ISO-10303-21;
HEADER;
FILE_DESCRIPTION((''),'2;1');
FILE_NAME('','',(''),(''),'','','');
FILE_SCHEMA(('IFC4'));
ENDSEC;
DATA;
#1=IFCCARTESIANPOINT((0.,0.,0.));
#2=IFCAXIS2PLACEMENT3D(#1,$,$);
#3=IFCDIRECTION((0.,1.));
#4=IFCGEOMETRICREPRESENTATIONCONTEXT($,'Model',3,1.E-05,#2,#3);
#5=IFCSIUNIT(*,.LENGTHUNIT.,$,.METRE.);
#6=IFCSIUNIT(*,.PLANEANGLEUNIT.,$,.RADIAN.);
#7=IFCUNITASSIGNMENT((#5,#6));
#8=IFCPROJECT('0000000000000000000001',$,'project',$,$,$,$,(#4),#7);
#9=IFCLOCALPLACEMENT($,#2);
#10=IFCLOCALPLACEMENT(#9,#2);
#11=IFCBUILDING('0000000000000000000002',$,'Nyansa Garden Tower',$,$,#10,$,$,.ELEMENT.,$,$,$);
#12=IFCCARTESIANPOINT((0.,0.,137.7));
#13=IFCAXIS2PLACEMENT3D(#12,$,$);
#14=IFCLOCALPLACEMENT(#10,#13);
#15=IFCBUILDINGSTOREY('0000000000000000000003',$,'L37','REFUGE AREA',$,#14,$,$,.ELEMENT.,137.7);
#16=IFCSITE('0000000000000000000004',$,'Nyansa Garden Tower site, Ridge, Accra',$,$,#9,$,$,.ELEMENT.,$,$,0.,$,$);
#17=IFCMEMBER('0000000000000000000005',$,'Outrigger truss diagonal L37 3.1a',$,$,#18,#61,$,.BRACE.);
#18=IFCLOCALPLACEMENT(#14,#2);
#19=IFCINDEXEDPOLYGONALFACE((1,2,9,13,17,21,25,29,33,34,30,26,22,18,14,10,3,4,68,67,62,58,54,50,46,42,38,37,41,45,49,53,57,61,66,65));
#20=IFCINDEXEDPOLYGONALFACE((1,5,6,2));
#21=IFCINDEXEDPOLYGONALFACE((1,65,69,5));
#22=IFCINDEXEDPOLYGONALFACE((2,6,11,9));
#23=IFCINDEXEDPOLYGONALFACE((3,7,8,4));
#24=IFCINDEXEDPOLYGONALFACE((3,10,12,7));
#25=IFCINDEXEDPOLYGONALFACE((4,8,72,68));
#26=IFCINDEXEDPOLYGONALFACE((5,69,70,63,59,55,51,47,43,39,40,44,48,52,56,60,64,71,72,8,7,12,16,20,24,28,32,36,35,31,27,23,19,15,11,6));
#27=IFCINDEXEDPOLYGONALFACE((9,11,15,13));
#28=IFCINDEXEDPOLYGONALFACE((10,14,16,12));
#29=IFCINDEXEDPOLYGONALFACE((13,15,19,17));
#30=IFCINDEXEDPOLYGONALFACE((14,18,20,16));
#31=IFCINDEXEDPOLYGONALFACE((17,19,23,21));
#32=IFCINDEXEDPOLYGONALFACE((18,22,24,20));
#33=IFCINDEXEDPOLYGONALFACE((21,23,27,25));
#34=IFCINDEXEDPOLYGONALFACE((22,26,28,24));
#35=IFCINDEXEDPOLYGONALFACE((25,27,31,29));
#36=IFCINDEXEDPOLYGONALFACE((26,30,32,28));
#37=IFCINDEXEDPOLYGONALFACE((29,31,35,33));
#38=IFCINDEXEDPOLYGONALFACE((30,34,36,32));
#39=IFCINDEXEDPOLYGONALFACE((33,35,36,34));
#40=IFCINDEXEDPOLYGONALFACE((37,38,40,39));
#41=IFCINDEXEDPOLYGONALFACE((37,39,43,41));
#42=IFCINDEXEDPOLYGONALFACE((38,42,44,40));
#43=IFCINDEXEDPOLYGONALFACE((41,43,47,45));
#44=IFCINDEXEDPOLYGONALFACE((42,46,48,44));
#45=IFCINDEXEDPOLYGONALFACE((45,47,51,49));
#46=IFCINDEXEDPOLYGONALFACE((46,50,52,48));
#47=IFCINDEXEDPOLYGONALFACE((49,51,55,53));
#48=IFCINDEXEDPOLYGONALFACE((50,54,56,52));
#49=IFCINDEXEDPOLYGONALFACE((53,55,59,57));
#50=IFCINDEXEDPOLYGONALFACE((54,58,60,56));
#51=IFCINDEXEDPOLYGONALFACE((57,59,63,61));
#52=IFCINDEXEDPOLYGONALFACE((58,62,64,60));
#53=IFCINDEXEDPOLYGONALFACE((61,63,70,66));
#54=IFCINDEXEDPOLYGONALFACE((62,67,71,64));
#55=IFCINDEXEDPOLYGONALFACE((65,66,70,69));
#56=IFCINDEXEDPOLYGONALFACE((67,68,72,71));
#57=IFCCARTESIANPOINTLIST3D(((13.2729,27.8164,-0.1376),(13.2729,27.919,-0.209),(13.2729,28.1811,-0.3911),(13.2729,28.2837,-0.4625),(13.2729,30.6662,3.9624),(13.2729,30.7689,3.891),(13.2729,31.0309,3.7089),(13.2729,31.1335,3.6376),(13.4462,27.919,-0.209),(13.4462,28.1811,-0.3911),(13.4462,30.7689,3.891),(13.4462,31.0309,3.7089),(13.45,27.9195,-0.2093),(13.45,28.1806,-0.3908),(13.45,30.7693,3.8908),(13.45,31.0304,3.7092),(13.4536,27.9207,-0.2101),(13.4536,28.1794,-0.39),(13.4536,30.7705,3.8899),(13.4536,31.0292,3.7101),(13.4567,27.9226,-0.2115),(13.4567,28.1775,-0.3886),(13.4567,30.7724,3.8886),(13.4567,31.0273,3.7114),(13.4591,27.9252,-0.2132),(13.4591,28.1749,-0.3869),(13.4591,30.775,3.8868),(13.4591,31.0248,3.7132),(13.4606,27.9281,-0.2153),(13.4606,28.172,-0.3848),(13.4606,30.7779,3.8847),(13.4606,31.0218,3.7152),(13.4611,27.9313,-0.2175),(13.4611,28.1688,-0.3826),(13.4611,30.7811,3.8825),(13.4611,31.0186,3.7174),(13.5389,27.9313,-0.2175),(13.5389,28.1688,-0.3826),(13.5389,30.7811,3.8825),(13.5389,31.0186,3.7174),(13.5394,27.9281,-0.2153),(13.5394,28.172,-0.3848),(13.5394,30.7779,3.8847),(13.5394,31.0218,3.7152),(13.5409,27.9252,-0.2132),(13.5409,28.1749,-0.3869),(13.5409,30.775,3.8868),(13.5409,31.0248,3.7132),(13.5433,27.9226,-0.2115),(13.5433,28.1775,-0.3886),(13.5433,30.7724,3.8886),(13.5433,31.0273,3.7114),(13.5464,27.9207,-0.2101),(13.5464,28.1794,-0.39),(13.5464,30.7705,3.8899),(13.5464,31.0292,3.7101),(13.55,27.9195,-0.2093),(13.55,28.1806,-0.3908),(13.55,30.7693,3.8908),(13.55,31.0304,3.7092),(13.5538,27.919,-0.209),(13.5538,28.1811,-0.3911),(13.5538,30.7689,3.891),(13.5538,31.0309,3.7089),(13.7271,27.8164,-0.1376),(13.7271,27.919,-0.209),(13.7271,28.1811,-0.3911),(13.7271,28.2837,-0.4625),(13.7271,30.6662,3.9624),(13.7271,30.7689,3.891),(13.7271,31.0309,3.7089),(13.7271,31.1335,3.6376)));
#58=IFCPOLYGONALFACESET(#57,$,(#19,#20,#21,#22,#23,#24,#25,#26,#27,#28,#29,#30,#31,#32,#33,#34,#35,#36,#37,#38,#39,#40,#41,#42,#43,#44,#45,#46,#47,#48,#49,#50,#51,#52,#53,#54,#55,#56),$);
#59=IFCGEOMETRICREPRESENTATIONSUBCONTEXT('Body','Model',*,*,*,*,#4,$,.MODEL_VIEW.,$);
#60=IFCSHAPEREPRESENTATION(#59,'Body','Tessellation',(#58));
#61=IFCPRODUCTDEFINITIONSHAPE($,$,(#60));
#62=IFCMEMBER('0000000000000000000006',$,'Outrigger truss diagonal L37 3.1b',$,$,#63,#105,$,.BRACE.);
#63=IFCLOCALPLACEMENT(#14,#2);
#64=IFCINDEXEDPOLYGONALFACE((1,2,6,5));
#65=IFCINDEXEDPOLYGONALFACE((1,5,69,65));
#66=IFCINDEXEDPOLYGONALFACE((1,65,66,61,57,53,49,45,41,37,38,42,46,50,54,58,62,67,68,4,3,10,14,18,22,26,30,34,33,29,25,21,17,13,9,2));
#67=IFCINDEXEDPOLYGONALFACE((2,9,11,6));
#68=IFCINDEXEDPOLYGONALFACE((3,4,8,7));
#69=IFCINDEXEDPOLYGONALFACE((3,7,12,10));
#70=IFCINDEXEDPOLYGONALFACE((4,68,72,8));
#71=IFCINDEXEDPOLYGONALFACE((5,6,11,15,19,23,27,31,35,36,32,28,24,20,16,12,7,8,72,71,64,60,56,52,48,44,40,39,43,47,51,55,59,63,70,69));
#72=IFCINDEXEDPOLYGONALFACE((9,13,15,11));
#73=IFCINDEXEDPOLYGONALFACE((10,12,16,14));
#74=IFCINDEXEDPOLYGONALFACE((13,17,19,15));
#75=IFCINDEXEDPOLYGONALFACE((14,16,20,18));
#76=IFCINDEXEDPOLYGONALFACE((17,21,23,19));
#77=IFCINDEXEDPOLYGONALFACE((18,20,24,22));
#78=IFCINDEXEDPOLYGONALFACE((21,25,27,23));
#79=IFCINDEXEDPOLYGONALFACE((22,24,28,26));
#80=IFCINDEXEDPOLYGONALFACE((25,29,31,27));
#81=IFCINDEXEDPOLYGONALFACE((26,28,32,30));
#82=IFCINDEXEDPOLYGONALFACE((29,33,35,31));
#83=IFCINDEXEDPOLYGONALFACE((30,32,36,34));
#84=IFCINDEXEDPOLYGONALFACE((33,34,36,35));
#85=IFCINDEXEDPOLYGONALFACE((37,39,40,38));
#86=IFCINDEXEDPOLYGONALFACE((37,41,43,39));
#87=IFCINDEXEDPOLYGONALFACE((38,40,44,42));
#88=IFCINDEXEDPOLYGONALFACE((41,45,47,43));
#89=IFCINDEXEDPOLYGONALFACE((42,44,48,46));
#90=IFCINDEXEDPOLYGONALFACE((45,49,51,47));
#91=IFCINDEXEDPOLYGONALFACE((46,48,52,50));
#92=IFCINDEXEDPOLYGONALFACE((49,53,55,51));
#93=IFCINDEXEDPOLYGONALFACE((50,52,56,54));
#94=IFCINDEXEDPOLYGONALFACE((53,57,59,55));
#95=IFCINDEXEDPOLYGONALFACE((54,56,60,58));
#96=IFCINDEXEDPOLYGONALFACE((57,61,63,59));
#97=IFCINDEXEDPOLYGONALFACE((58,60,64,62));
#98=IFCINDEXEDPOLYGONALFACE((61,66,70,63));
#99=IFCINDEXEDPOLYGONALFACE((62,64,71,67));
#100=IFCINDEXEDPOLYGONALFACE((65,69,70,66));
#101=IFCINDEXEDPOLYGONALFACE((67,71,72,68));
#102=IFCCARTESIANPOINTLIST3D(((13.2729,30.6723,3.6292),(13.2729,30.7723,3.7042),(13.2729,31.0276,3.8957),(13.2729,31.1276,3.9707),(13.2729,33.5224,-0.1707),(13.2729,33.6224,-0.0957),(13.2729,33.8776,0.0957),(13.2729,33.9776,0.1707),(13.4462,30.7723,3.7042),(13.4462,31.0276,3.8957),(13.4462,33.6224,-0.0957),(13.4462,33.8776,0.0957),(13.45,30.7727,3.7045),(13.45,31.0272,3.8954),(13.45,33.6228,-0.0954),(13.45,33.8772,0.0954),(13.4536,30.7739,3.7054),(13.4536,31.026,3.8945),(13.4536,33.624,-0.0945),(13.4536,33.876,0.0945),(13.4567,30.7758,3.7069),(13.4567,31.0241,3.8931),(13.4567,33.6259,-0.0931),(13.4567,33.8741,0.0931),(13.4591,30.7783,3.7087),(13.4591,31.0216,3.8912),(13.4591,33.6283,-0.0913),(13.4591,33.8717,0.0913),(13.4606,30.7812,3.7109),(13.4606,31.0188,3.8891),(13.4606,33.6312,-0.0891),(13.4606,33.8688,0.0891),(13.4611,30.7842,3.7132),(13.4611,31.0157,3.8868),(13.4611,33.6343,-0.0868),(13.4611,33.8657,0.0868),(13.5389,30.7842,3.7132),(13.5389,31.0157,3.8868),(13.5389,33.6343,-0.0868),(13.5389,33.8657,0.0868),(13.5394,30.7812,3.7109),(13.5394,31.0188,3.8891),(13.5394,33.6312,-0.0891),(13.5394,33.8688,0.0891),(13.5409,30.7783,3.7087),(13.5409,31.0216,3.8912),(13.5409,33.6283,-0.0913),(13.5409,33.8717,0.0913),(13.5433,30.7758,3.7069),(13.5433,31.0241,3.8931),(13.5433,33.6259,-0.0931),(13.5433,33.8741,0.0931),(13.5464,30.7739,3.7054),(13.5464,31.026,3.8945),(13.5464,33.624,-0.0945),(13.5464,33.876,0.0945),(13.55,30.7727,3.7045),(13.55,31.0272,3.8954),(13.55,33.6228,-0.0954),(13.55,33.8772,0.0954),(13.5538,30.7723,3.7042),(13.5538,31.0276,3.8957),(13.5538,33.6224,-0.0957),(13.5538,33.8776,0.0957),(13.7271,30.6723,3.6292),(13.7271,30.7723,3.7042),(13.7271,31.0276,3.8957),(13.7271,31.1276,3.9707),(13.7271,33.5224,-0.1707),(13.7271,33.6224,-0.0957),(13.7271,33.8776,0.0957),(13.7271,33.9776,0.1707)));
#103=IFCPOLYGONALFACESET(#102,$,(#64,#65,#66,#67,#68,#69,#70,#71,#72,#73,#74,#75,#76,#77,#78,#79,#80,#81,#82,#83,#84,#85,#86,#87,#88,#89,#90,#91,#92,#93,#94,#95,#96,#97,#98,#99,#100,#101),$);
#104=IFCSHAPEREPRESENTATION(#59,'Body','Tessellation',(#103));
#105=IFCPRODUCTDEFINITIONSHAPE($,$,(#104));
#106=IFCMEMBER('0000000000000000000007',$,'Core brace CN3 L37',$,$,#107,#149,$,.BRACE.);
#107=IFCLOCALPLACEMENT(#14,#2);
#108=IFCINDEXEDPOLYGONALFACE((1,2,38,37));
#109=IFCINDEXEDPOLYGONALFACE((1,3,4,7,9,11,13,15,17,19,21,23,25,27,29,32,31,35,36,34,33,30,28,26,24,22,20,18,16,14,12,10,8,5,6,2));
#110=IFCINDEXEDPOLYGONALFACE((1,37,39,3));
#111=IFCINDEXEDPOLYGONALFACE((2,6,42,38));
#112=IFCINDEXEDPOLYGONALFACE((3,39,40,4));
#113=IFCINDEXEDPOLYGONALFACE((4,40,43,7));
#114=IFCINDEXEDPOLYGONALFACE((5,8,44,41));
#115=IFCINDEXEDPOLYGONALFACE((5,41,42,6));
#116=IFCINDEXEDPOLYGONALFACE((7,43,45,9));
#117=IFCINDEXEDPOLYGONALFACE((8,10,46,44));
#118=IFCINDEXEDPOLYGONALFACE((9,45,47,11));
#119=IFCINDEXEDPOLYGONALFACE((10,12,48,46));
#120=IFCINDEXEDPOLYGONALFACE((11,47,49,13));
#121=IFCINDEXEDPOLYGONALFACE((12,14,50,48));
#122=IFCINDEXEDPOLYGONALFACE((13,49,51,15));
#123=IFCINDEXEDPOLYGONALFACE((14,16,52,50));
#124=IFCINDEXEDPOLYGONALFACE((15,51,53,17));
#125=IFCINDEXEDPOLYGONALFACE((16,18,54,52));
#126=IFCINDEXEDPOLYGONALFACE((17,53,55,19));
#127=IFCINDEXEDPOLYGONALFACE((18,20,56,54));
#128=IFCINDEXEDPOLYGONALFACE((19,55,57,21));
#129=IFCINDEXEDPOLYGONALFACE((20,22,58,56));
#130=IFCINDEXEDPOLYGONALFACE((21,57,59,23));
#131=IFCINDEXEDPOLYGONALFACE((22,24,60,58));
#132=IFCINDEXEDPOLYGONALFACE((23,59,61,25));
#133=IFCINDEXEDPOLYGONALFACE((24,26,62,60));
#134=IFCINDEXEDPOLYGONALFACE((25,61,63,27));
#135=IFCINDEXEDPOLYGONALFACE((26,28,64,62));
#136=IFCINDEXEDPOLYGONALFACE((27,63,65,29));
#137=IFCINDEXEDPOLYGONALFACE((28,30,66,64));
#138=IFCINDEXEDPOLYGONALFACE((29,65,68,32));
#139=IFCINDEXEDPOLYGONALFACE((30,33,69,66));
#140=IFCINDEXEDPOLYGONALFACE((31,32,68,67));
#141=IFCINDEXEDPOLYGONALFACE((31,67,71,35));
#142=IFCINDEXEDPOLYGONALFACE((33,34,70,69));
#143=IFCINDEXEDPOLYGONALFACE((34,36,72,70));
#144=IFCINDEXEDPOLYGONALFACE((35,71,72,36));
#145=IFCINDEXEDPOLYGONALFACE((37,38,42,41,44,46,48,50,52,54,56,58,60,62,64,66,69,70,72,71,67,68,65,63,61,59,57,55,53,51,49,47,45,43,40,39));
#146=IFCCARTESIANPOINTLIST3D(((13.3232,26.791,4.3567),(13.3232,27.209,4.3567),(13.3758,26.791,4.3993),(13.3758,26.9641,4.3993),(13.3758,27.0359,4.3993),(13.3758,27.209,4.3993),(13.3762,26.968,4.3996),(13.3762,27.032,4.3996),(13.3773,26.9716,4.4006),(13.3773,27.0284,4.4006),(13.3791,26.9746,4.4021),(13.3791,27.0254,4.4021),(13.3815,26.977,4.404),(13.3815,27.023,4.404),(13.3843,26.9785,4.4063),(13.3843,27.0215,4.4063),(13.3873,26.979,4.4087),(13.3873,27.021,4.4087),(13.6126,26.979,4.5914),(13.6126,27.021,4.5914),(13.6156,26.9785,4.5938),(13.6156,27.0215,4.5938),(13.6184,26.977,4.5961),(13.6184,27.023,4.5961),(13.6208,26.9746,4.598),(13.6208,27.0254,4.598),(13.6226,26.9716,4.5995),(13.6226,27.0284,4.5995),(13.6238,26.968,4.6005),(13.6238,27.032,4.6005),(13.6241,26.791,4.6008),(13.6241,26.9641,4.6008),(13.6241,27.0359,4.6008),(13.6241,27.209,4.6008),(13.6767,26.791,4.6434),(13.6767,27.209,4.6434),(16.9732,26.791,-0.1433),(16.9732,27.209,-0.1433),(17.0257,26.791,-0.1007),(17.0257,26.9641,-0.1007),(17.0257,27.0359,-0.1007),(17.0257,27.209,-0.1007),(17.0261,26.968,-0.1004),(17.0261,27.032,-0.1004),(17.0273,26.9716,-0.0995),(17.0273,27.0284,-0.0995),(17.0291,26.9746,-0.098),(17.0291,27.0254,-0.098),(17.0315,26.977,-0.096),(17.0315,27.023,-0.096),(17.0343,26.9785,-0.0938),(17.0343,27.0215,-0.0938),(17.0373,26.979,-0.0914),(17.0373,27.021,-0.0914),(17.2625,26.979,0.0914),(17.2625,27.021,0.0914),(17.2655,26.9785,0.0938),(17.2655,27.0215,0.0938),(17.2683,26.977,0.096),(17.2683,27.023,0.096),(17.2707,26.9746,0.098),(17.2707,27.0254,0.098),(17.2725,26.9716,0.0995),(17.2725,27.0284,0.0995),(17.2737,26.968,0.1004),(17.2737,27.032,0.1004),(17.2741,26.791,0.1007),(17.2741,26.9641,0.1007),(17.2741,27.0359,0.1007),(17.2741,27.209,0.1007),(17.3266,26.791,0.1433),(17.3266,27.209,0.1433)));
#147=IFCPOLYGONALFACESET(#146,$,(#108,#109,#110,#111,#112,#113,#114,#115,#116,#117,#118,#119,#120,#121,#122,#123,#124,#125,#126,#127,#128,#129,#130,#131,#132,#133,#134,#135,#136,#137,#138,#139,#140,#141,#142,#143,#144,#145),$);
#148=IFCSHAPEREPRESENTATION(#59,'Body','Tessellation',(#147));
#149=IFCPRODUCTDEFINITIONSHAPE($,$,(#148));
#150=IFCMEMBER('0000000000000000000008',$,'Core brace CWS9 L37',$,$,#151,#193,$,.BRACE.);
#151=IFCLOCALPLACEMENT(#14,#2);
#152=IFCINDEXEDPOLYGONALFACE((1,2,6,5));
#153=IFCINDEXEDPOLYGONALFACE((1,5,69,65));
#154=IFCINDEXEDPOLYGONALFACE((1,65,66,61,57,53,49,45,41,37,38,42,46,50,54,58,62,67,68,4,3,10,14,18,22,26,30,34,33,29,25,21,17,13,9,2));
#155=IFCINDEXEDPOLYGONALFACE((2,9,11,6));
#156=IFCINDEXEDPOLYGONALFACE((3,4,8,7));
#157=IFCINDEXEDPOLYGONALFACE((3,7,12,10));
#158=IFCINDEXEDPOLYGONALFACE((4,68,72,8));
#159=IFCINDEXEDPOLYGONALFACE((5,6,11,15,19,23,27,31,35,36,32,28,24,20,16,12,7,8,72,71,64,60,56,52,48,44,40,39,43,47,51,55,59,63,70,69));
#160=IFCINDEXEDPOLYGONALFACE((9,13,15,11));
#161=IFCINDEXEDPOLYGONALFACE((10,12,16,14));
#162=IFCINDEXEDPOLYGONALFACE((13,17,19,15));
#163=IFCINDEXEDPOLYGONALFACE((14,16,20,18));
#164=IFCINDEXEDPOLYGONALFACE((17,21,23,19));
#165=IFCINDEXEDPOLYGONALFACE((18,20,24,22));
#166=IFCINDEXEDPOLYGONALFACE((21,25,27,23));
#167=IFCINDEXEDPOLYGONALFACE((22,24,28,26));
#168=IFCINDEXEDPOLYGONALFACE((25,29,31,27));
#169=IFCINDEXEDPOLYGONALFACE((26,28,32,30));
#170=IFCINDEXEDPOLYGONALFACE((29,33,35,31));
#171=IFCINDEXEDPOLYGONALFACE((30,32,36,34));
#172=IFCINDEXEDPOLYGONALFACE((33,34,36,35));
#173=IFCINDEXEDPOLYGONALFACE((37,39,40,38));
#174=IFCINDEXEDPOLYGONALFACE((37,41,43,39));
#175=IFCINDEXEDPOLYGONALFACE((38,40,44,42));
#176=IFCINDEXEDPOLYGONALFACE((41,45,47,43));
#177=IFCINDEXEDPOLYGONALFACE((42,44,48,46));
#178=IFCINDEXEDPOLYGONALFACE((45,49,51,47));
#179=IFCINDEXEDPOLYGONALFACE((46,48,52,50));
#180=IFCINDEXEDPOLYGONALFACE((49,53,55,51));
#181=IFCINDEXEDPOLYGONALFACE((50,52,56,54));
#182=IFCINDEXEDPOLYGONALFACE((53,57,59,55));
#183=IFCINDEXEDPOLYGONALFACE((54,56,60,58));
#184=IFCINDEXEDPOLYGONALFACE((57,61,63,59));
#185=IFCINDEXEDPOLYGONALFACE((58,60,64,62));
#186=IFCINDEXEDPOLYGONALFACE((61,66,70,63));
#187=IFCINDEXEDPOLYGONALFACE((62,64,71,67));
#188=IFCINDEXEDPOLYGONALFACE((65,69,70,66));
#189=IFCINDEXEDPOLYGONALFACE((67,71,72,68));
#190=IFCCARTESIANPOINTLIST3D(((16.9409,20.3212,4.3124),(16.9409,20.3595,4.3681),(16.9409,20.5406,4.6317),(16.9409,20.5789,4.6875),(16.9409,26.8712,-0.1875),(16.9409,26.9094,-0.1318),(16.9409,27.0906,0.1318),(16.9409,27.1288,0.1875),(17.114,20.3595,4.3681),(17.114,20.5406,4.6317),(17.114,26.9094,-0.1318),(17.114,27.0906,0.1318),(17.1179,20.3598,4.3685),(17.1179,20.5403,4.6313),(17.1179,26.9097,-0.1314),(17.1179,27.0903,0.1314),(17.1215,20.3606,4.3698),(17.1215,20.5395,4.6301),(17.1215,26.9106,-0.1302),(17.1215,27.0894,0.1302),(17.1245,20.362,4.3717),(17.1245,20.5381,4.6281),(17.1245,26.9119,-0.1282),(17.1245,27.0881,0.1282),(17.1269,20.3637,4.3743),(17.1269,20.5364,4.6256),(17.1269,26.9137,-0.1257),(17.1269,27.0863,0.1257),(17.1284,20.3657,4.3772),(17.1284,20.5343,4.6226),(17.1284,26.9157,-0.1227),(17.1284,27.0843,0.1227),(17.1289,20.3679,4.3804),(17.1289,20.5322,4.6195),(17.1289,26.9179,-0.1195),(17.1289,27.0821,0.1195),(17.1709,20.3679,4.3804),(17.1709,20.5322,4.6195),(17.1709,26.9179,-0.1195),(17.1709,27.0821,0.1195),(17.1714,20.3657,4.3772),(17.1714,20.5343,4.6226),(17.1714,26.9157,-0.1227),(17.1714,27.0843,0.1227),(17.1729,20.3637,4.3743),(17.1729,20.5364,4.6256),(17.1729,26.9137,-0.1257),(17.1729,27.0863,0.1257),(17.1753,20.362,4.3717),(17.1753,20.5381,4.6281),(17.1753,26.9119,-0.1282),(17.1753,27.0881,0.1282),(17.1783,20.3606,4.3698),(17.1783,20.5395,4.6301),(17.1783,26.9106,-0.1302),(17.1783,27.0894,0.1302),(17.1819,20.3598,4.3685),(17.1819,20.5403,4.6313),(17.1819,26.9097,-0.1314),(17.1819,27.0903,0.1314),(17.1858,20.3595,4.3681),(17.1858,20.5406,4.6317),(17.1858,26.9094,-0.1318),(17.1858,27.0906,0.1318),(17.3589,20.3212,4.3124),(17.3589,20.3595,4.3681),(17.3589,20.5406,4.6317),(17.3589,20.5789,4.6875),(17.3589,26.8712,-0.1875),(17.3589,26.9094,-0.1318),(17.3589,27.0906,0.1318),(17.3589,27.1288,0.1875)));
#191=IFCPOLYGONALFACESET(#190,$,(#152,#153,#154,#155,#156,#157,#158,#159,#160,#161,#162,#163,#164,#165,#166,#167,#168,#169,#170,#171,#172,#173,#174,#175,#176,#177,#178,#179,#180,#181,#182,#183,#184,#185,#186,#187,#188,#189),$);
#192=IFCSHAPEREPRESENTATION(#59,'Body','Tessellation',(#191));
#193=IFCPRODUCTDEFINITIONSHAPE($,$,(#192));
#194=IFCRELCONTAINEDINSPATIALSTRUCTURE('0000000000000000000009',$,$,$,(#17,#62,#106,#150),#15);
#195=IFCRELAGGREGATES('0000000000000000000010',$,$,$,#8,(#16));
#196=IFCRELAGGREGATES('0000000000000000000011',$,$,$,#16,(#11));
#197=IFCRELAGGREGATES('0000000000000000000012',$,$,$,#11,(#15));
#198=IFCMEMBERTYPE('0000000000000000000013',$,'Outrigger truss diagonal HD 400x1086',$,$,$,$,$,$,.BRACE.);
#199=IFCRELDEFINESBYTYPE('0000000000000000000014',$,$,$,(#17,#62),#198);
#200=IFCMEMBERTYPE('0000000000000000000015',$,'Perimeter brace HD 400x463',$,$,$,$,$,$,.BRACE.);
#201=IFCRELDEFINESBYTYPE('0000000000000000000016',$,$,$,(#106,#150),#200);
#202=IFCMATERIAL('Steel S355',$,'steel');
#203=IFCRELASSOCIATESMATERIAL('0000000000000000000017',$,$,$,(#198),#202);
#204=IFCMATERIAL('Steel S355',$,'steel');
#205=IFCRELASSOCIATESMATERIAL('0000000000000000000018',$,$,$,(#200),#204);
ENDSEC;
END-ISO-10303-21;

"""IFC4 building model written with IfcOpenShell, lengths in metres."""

from ifc_helpers import new_model, si_unit, direction, frame, origin, origin_2d, place, context, subcontext, project, spatial, i_section, extrude, material, material_profile, profile_set, type_object, element, save


model = new_model("IFC4")

# Units and contexts
model_context = context("Model", 3, precision=1e-05, world=origin(), true_north=direction((0.0, 1.0)))
body_context = subcontext(model_context, "Body", "Model", "MODEL_VIEW")
ifc_project = project(units=[si_unit("LENGTHUNIT", "METRE"), si_unit("PLANEANGLEUNIT", "RADIAN")], contexts=[model_context])

# Site, building, storey
site_placement = place(None, origin())
site = spatial("IfcSite", under=ifc_project, at=site_placement, Name="Nyansa Garden Tower site, Ridge, Accra", CompositionType="ELEMENT", RefElevation=0.0)
building_placement = place(site_placement, origin())
building = spatial("IfcBuilding", under=site, at=building_placement, Name="Nyansa Garden Tower", CompositionType="ELEMENT")
storey_placement = place(building_placement, frame((0.0, 0.0, 137.7)))
storey = spatial("IfcBuildingStorey", under=building, at=storey_placement, Name="L37", Description="REFUGE AREA", CompositionType="ELEMENT", Elevation=137.7)

# Members
ifc_material_1 = material(Name="Steel S355", Category="steel")
ifc_material_profile_1 = material_profile(ifc_material_1, i_section(OverallWidth=0.4541, OverallDepth=0.5691, WebThickness=0.0779, FlangeThickness=0.125, FilletRadius=0.0149, at=origin_2d()), Name="HD 400x1086")
ifc_profile_set_1 = profile_set([ifc_material_profile_1], Name="Steel S355")
member_type_1 = type_object("IfcMemberType", Name="Outrigger truss diagonal HD 400x1086", PredefinedType="BRACE", material=ifc_profile_set_1)
member_1_placement = place(storey_placement, frame((13.5, 28.05, -0.3), z_axis=(0.0, 0.570742, 0.821129), x_axis=(-1.0, 0.0, 0.0)))
element("IfcMember", 1, at=member_1_placement, inside=storey, type_object=member_type_1, Name="Outrigger truss diagonal L37 3.1a", PredefinedType="BRACE", context=body_context, shape_type="SweptSolid", body=[
    extrude(i_section(OverallWidth=0.4541, OverallDepth=0.5691, WebThickness=0.0779, FlangeThickness=0.125, FilletRadius=0.0149, at=origin_2d()), origin(), (0.0, 0.0, 1.0), 4.9932),
])
member_2_placement = place(storey_placement, frame((13.5, 33.75, 0.0), z_axis=(0.0, -0.600008, 0.799994), x_axis=(1.0, 0.0, 0.0)))
element("IfcMember", 2, at=member_2_placement, inside=storey, type_object=member_type_1, Name="Outrigger truss diagonal L37 3.1b", PredefinedType="BRACE", context=body_context, shape_type="SweptSolid", body=[
    extrude(i_section(OverallWidth=0.4541, OverallDepth=0.5691, WebThickness=0.0779, FlangeThickness=0.125, FilletRadius=0.0149, at=origin_2d()), origin(), (0.0, 0.0, 1.0), 4.75),
])
ifc_material_2 = material(Name="Steel S355", Category="steel")
ifc_material_profile_2 = material_profile(ifc_material_2, i_section(OverallWidth=0.418, OverallDepth=0.4551, WebThickness=0.042, FlangeThickness=0.0676, FilletRadius=0.0149, at=origin_2d()), Name="HD 400x463")
ifc_profile_set_2 = profile_set([ifc_material_profile_2], Name="Steel S355")
member_type_2 = type_object("IfcMemberType", Name="Perimeter brace HD 400x463", PredefinedType="BRACE", material=ifc_profile_set_2)
member_3_placement = place(storey_placement, frame((17.1499, 27.0, 0.0), z_axis=(-0.629932, 0.0, 0.77665), x_axis=(0.0, -1.0, 0.0)))
element("IfcMember", 3, at=member_3_placement, inside=storey, type_object=member_type_2, Name="Core brace CN3 L37", PredefinedType="BRACE", context=body_context, shape_type="SweptSolid", body=[
    extrude(i_section(OverallWidth=0.418, OverallDepth=0.4551, WebThickness=0.042, FlangeThickness=0.0676, FilletRadius=0.0149, at=origin_2d()), origin(), (0.0, 0.0, 1.0), 5.7942),
])
member_4_placement = place(storey_placement, frame((17.1499, 27.0, 0.0), z_axis=(0.0, -0.824227, 0.566259), x_axis=(1.0, 0.0, 0.0)))
element("IfcMember", 4, at=member_4_placement, inside=storey, type_object=member_type_2, Name="Core brace CWS9 L37", PredefinedType="BRACE", context=body_context, shape_type="SweptSolid", body=[
    extrude(i_section(OverallWidth=0.418, OverallDepth=0.4551, WebThickness=0.042, FlangeThickness=0.0676, FilletRadius=0.0149, at=origin_2d()), origin(), (0.0, 0.0, 1.0), 7.9468),
])

save(model, "model.ifc")
